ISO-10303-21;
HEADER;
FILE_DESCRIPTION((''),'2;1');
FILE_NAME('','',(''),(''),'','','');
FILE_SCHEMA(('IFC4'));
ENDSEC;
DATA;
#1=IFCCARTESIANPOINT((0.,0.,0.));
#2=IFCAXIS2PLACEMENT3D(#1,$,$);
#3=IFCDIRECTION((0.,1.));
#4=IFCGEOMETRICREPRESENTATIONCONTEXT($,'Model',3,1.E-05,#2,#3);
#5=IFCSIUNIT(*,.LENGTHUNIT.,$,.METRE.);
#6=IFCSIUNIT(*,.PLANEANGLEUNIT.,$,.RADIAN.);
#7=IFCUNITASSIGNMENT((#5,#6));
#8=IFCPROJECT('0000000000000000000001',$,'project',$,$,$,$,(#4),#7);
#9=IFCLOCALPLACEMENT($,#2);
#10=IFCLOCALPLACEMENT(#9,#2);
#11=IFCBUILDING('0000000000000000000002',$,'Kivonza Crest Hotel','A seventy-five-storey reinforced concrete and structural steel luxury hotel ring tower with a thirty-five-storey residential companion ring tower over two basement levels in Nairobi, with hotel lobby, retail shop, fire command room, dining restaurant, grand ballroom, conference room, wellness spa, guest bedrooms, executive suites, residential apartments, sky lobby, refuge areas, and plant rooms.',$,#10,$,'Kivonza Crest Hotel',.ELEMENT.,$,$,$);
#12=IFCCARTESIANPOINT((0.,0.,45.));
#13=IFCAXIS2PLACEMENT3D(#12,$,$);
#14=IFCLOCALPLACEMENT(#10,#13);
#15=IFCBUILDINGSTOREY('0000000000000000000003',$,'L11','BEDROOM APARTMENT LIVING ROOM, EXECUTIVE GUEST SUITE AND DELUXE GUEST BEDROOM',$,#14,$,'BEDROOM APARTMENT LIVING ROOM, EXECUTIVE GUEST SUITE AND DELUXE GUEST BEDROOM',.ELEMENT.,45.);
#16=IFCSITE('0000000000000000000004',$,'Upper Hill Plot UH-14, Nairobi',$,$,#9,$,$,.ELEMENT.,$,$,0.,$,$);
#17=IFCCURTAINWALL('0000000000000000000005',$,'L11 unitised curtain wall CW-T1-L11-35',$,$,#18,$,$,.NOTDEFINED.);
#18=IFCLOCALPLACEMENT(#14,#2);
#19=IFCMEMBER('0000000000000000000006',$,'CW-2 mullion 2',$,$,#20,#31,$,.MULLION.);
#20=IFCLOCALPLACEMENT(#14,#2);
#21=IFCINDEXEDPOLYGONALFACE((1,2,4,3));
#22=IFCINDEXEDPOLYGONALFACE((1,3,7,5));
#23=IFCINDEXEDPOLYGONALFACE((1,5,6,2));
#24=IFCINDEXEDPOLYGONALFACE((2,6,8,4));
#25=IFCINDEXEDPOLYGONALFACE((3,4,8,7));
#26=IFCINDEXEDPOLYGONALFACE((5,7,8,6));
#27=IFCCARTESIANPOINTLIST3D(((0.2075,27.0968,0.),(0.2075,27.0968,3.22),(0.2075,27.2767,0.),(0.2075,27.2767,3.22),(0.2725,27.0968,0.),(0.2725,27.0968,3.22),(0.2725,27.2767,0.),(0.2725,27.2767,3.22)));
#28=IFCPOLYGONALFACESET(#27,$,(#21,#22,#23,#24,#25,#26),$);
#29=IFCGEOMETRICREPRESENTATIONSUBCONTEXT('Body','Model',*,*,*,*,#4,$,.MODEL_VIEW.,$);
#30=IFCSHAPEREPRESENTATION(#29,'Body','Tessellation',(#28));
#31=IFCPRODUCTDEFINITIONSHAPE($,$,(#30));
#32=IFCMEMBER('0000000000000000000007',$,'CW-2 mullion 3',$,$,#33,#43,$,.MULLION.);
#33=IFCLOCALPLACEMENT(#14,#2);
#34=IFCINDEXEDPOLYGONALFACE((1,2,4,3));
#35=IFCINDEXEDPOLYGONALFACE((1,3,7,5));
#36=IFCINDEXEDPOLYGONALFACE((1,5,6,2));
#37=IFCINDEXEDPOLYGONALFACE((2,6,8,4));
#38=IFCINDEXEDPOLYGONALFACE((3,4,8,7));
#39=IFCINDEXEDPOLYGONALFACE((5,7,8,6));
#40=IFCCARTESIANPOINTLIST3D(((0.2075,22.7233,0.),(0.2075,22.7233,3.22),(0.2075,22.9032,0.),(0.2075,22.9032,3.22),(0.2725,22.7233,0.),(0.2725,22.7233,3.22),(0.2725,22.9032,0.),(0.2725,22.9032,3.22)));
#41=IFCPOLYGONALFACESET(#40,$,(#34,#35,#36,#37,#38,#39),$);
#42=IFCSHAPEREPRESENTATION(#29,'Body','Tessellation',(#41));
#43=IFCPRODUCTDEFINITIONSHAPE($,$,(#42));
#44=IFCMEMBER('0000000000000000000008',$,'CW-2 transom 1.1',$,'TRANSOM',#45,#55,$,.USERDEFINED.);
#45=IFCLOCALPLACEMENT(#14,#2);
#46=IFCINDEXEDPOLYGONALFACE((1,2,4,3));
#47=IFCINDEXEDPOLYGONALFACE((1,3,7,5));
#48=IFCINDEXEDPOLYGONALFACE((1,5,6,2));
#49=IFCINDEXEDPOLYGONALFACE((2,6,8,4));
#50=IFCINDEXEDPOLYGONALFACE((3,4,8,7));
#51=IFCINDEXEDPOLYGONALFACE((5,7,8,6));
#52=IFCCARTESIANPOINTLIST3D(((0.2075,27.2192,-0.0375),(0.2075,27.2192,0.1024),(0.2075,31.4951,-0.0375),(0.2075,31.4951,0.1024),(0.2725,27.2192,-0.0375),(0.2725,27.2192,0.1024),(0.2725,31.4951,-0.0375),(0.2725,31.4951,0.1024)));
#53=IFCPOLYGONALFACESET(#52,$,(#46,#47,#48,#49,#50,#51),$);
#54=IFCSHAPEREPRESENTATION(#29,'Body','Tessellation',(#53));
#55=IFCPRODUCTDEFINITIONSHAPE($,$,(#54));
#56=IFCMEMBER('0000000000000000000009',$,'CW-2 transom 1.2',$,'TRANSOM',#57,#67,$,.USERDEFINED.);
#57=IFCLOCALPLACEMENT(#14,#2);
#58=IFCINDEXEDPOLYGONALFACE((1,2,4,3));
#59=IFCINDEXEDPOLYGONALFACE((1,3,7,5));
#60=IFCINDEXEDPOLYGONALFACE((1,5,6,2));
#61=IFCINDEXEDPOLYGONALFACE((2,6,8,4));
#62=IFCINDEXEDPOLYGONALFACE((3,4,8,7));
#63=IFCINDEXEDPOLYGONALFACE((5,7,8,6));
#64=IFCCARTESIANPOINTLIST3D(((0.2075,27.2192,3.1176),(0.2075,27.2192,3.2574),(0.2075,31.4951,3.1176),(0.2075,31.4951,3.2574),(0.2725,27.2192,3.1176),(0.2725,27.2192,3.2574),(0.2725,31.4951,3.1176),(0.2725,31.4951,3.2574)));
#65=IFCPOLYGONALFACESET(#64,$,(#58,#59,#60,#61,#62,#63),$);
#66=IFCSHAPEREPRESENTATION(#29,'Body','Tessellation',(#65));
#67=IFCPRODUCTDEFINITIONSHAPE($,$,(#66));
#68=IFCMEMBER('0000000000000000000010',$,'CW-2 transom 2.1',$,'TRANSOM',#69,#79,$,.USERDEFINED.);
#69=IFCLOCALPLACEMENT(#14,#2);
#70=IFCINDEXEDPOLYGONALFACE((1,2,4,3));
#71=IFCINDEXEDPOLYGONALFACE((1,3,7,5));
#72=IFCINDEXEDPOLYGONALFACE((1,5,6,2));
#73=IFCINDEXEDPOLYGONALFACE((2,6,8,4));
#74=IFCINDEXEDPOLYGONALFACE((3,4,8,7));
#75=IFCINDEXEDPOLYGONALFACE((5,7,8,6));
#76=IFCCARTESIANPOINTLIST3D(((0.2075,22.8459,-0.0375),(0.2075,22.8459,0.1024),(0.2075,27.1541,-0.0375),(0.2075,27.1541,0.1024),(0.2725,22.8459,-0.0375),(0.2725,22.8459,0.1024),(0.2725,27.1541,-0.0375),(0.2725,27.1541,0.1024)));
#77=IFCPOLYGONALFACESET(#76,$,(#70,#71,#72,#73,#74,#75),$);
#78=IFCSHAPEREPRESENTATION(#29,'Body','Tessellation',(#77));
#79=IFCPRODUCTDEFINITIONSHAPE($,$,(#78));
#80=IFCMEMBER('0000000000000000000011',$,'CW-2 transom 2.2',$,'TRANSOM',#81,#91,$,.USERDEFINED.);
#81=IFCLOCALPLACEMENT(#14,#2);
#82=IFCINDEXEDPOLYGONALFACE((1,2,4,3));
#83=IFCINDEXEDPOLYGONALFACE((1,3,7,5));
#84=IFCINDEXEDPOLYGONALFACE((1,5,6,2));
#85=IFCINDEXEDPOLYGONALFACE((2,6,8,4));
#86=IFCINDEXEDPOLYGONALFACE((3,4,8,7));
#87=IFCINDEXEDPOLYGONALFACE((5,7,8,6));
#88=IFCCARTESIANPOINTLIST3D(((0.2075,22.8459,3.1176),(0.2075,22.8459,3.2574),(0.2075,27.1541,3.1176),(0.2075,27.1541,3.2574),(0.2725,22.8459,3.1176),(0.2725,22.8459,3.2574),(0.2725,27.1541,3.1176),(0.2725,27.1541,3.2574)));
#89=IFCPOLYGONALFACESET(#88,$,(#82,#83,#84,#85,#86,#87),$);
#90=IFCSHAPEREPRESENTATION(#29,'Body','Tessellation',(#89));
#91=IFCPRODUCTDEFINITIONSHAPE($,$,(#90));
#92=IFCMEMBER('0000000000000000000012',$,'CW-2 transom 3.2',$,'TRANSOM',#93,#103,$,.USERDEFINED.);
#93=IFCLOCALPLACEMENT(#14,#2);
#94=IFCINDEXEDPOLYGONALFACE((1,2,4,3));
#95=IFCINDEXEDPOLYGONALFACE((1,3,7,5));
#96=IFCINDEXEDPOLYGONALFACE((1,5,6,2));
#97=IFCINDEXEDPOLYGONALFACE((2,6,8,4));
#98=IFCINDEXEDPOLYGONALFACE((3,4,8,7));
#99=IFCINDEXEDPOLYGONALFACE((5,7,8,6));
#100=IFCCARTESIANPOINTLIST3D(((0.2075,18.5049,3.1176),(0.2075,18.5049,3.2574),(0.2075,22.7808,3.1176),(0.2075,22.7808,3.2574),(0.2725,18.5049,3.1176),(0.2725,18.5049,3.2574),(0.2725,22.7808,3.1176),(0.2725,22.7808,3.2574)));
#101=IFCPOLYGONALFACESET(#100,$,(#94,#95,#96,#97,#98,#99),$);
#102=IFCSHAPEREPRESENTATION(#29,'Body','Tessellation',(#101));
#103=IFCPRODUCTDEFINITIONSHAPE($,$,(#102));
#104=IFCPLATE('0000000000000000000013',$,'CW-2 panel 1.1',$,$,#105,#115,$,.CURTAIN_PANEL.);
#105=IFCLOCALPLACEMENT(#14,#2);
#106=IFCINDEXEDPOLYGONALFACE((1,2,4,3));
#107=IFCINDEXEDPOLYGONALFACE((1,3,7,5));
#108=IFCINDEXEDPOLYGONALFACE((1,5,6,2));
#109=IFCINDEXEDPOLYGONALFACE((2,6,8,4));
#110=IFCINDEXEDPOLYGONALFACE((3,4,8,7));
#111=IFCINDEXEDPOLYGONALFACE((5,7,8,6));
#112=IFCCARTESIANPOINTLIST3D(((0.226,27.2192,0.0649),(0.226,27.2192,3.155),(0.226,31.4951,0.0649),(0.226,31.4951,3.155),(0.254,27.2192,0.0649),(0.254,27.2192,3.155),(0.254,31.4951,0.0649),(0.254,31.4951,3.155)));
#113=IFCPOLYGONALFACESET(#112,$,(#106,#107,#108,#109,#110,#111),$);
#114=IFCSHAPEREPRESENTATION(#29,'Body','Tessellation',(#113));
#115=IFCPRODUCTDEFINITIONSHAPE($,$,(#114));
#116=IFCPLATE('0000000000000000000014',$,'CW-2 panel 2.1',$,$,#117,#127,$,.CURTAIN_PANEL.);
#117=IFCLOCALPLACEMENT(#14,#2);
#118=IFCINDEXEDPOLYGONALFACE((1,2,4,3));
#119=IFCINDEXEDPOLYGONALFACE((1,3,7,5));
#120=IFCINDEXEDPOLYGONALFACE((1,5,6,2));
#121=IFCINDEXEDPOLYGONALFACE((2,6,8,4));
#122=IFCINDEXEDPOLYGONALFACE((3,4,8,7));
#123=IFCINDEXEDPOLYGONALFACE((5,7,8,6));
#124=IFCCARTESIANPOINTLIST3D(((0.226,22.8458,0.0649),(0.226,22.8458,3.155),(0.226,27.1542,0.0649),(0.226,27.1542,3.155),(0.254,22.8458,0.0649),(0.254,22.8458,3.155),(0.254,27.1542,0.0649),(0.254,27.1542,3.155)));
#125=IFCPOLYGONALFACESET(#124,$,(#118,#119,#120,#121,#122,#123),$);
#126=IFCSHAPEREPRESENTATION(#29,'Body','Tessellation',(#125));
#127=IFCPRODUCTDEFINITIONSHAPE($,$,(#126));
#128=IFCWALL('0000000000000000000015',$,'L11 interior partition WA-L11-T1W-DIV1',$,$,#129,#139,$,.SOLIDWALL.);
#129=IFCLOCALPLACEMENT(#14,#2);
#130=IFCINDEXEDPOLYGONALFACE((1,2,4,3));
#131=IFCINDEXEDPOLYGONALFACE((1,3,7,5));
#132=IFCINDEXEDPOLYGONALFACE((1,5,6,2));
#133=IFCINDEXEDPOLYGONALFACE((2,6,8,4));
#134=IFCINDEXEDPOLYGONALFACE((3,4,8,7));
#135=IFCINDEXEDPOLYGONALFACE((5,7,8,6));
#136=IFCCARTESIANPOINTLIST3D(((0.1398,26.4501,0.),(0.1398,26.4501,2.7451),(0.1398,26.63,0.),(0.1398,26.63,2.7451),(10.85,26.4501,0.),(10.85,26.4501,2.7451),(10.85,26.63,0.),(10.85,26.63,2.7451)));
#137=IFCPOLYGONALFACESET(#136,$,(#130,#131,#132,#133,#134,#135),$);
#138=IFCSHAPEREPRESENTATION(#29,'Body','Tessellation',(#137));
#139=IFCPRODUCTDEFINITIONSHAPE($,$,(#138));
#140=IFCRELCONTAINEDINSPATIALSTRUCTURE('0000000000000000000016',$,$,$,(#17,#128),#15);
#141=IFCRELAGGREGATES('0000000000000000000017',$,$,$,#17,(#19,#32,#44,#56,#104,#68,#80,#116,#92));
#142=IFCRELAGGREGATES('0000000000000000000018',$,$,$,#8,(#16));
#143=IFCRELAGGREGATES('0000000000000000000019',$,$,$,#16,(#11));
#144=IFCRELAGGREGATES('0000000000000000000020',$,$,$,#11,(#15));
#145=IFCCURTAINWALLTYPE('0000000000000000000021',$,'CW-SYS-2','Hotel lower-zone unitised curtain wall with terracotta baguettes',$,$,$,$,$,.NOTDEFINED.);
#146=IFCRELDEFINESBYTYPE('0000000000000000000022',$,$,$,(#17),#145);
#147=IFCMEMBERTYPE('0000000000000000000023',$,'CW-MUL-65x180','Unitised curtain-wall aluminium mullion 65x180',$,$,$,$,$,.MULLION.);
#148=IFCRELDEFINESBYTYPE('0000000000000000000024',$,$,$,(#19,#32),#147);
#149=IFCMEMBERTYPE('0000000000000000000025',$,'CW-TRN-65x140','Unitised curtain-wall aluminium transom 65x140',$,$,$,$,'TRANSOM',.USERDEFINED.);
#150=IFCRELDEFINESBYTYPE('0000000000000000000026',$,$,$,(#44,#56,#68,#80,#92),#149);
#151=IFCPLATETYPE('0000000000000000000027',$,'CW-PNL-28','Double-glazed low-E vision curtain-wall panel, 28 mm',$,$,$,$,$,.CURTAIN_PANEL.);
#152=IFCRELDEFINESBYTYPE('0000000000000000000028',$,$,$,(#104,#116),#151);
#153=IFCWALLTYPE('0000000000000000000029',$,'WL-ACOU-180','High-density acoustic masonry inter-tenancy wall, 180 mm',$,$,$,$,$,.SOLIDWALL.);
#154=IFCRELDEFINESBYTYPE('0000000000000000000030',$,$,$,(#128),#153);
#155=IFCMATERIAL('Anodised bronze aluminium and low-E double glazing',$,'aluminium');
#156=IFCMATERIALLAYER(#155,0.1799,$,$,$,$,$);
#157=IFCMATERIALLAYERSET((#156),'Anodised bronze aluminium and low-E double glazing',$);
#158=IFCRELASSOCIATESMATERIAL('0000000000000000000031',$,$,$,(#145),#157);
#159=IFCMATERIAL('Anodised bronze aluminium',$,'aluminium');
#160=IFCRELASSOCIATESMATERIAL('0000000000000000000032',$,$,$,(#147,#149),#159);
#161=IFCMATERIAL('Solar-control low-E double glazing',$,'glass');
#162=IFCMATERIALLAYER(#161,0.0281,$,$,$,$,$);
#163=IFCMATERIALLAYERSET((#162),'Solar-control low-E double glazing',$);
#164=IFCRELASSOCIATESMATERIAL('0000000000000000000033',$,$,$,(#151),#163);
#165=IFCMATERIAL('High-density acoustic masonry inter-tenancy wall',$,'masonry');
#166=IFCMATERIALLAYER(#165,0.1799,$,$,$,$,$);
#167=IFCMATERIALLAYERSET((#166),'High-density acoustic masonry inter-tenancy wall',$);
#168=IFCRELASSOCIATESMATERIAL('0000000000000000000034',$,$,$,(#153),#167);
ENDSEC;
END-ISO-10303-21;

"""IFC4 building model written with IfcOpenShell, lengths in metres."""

from ifc_helpers import new_model, si_unit, direction, frame, frame_2d, origin, origin_2d, place, context, subcontext, project, spatial, rectangle, extrude, material, layer, layer_set, material_profile, profile_set, type_object, element, aggregate, save


model = new_model("IFC4")

# Units and contexts
model_context = context("Model", 3, precision=1e-05, world=origin(), true_north=direction((0.0, 1.0)))
body_context = subcontext(model_context, "Body", "Model", "MODEL_VIEW")
ifc_project = project(units=[si_unit("LENGTHUNIT", "METRE"), si_unit("PLANEANGLEUNIT", "RADIAN")], contexts=[model_context])

# Site, building, storey
site_placement = place(None, origin())
site = spatial("IfcSite", under=ifc_project, at=site_placement, Name="Upper Hill Plot UH-14, Nairobi", CompositionType="ELEMENT", RefElevation=0.0)
building_placement = place(site_placement, origin())
building = spatial("IfcBuilding", under=site, at=building_placement, Name="Kivonza Crest Hotel", Description="A seventy-five-storey reinforced concrete and structural steel luxury hotel ring tower with a thirty-five-storey residential companion ring tower over two basement levels in Nairobi, with hotel lobby, retail shop, fire command room, dining restaurant, grand ballroom, conference room, wellness spa, guest bedrooms, executive suites, residential apartments, sky lobby, refuge areas, and plant rooms.", LongName="Kivonza Crest Hotel", CompositionType="ELEMENT")
storey_placement = place(building_placement, frame((0.0, 0.0, 45.0)))
storey = spatial("IfcBuildingStorey", under=building, at=storey_placement, Name="L11", Description="BEDROOM APARTMENT LIVING ROOM, EXECUTIVE GUEST SUITE AND DELUXE GUEST BEDROOM", LongName="BEDROOM APARTMENT LIVING ROOM, EXECUTIVE GUEST SUITE AND DELUXE GUEST BEDROOM", CompositionType="ELEMENT", Elevation=45.0)

# Curtain wall, members, plates
ifc_material_1 = material(Name="Anodised bronze aluminium and low-E double glazing", Category="aluminium")
ifc_layer_1 = layer(ifc_material_1, 0.1799)
ifc_layer_set_1 = layer_set([ifc_layer_1], Name="Anodised bronze aluminium and low-E double glazing")
curtain_wall_type = type_object("IfcCurtainWallType", Name="CW-SYS-2", Description="Hotel lower-zone unitised curtain wall with terracotta baguettes", PredefinedType="NOTDEFINED", material=ifc_layer_set_1)
curtain_wall_placement = place(storey_placement, origin())
curtain_wall = element("IfcCurtainWall", 1, at=curtain_wall_placement, inside=storey, type_object=curtain_wall_type, Name="L11 unitised curtain wall CW-T1-L11-35", PredefinedType="NOTDEFINED")
ifc_material_2 = material(Name="Anodised bronze aluminium", Category="aluminium")
ifc_material_profile_1 = material_profile(ifc_material_2, rectangle(XDim=0.0649, YDim=0.1799, at=origin_2d()), Name="CW-M 65x180")
ifc_profile_set_1 = profile_set([ifc_material_profile_1], Name="Anodised bronze aluminium")
member_type_1 = type_object("IfcMemberType", Name="CW-MUL-65x180", Description="Unitised curtain-wall aluminium mullion 65x180", PredefinedType="MULLION", material=ifc_profile_set_1)
member_1_placement = place(storey_placement, frame((0.24, 27.1868, 0.0), z_axis=(0.0, 0.0, 1.0), x_axis=(1.0, 0.0, 0.0)))
member_1 = element("IfcMember", 2, at=member_1_placement, type_object=member_type_1, Name="CW-2 mullion 2", PredefinedType="MULLION", context=body_context, shape_type="SweptSolid", body=[
    extrude(rectangle(XDim=0.0649, YDim=0.1799, at=origin_2d()), origin(), (0.0, 0.0, 1.0), 3.22),
])
member_2_placement = place(storey_placement, frame((0.24, 22.8132, 0.0), z_axis=(0.0, 0.0, 1.0), x_axis=(1.0, 0.0, 0.0)))
member_2 = element("IfcMember", 3, at=member_2_placement, type_object=member_type_1, Name="CW-2 mullion 3", PredefinedType="MULLION", context=body_context, shape_type="SweptSolid", body=[
    extrude(rectangle(XDim=0.0649, YDim=0.1799, at=origin_2d()), origin(), (0.0, 0.0, 1.0), 3.22),
])
ifc_material_profile_2 = material_profile(ifc_material_2, rectangle(XDim=0.0649, YDim=0.1399, at=origin_2d()), Name="CW-T 65x140")
ifc_profile_set_2 = profile_set([ifc_material_profile_2], Name="Anodised bronze aluminium")
member_type_2 = type_object("IfcMemberType", Name="CW-TRN-65x140", Description="Unitised curtain-wall aluminium transom 65x140", ElementType="TRANSOM", PredefinedType="USERDEFINED", material=ifc_profile_set_2)
member_3_placement = place(storey_placement, frame((0.24, 31.4951, 0.0325), z_axis=(0.0, -1.0, 0.0), x_axis=(1.0, 0.0, 0.0)))
member_3 = element("IfcMember", 4, at=member_3_placement, type_object=member_type_2, Name="CW-2 transom 1.1", ObjectType="TRANSOM", PredefinedType="USERDEFINED", context=body_context, shape_type="SweptSolid", body=[
    extrude(rectangle(XDim=0.0649, YDim=0.1399, at=origin_2d()), origin(), (0.0, 0.0, 1.0), 4.2759),
])
member_4_placement = place(storey_placement, frame((0.24, 31.4951, 3.1875), z_axis=(0.0, -1.0, 0.0), x_axis=(1.0, 0.0, 0.0)))
member_4 = element("IfcMember", 5, at=member_4_placement, type_object=member_type_2, Name="CW-2 transom 1.2", ObjectType="TRANSOM", PredefinedType="USERDEFINED", context=body_context, shape_type="SweptSolid", body=[
    extrude(rectangle(XDim=0.0649, YDim=0.1399, at=origin_2d()), origin(), (0.0, 0.0, 1.0), 4.2759),
])
member_5_placement = place(storey_placement, frame((0.24, 27.1541, 0.0325), z_axis=(0.0, -1.0, 0.0), x_axis=(1.0, 0.0, 0.0)))
member_5 = element("IfcMember", 6, at=member_5_placement, type_object=member_type_2, Name="CW-2 transom 2.1", ObjectType="TRANSOM", PredefinedType="USERDEFINED", context=body_context, shape_type="SweptSolid", body=[
    extrude(rectangle(XDim=0.0649, YDim=0.1399, at=origin_2d()), origin(), (0.0, 0.0, 1.0), 4.3081),
])
member_6_placement = place(storey_placement, frame((0.24, 27.1541, 3.1875), z_axis=(0.0, -1.0, 0.0), x_axis=(1.0, 0.0, 0.0)))
member_6 = element("IfcMember", 7, at=member_6_placement, type_object=member_type_2, Name="CW-2 transom 2.2", ObjectType="TRANSOM", PredefinedType="USERDEFINED", context=body_context, shape_type="SweptSolid", body=[
    extrude(rectangle(XDim=0.0649, YDim=0.1399, at=origin_2d()), origin(), (0.0, 0.0, 1.0), 4.3081),
])
member_7_placement = place(storey_placement, frame((0.24, 22.7808, 3.1875), z_axis=(0.0, -1.0, 0.0), x_axis=(1.0, 0.0, 0.0)))
member_7 = element("IfcMember", 8, at=member_7_placement, type_object=member_type_2, Name="CW-2 transom 3.2", ObjectType="TRANSOM", PredefinedType="USERDEFINED", context=body_context, shape_type="SweptSolid", body=[
    extrude(rectangle(XDim=0.0649, YDim=0.1399, at=origin_2d()), origin(), (0.0, 0.0, 1.0), 4.2759),
])
ifc_material_3 = material(Name="Solar-control low-E double glazing", Category="glass")
ifc_layer_2 = layer(ifc_material_3, 0.0281)
ifc_layer_set_2 = layer_set([ifc_layer_2], Name="Solar-control low-E double glazing")
plate_type = type_object("IfcPlateType", Name="CW-PNL-28", Description="Double-glazed low-E vision curtain-wall panel, 28 mm", PredefinedType="CURTAIN_PANEL", material=ifc_layer_set_2)
plate_1_placement = place(storey_placement, frame((0.24, 29.3572, 0.0649), z_axis=(0.0, 0.0, 1.0), x_axis=(0.0, -1.0, 0.0)))
plate_1 = element("IfcPlate", 9, at=plate_1_placement, type_object=plate_type, Name="CW-2 panel 1.1", PredefinedType="CURTAIN_PANEL", context=body_context, shape_type="SweptSolid", body=[
    extrude(rectangle(XDim=4.2759, YDim=0.0281, at=origin_2d()), origin(), (0.0, 0.0, 1.0), 3.0901),
])
plate_2_placement = place(storey_placement, frame((0.24, 25.0, 0.0649), z_axis=(0.0, 0.0, 1.0), x_axis=(0.0, -1.0, 0.0)))
plate_2 = element("IfcPlate", 10, at=plate_2_placement, type_object=plate_type, Name="CW-2 panel 2.1", PredefinedType="CURTAIN_PANEL", context=body_context, shape_type="SweptSolid", body=[
    extrude(rectangle(XDim=4.3083, YDim=0.0281, at=origin_2d()), origin(), (0.0, 0.0, 1.0), 3.0901),
])
aggregate(curtain_wall, [member_1, member_2, member_3, member_4, plate_1, member_5, member_6, plate_2, member_7])

# Wall
ifc_material_4 = material(Name="High-density acoustic masonry inter-tenancy wall", Category="masonry")
ifc_layer_3 = layer(ifc_material_4, 0.1799)
ifc_layer_set_3 = layer_set([ifc_layer_3], Name="High-density acoustic masonry inter-tenancy wall")
wall_type = type_object("IfcWallType", Name="WL-ACOU-180", Description="High-density acoustic masonry inter-tenancy wall, 180 mm", PredefinedType="SOLIDWALL", material=ifc_layer_set_3)
wall_placement = place(storey_placement, frame((0.1399, 26.54, 0.0), z_axis=(0.0, 0.0, 1.0), x_axis=(1.0, 0.0, 0.0)))
element("IfcWall", 11, at=wall_placement, inside=storey, type_object=wall_type, Name="L11 interior partition WA-L11-T1W-DIV1", PredefinedType="SOLIDWALL", context=body_context, shape_type="SweptSolid", body=[
    extrude(rectangle(XDim=10.7102, YDim=0.1799, at=frame_2d((5.355, 0.0))), origin(), (0.0, 0.0, 1.0), 2.7451),
])

save(model, "model.ifc")
